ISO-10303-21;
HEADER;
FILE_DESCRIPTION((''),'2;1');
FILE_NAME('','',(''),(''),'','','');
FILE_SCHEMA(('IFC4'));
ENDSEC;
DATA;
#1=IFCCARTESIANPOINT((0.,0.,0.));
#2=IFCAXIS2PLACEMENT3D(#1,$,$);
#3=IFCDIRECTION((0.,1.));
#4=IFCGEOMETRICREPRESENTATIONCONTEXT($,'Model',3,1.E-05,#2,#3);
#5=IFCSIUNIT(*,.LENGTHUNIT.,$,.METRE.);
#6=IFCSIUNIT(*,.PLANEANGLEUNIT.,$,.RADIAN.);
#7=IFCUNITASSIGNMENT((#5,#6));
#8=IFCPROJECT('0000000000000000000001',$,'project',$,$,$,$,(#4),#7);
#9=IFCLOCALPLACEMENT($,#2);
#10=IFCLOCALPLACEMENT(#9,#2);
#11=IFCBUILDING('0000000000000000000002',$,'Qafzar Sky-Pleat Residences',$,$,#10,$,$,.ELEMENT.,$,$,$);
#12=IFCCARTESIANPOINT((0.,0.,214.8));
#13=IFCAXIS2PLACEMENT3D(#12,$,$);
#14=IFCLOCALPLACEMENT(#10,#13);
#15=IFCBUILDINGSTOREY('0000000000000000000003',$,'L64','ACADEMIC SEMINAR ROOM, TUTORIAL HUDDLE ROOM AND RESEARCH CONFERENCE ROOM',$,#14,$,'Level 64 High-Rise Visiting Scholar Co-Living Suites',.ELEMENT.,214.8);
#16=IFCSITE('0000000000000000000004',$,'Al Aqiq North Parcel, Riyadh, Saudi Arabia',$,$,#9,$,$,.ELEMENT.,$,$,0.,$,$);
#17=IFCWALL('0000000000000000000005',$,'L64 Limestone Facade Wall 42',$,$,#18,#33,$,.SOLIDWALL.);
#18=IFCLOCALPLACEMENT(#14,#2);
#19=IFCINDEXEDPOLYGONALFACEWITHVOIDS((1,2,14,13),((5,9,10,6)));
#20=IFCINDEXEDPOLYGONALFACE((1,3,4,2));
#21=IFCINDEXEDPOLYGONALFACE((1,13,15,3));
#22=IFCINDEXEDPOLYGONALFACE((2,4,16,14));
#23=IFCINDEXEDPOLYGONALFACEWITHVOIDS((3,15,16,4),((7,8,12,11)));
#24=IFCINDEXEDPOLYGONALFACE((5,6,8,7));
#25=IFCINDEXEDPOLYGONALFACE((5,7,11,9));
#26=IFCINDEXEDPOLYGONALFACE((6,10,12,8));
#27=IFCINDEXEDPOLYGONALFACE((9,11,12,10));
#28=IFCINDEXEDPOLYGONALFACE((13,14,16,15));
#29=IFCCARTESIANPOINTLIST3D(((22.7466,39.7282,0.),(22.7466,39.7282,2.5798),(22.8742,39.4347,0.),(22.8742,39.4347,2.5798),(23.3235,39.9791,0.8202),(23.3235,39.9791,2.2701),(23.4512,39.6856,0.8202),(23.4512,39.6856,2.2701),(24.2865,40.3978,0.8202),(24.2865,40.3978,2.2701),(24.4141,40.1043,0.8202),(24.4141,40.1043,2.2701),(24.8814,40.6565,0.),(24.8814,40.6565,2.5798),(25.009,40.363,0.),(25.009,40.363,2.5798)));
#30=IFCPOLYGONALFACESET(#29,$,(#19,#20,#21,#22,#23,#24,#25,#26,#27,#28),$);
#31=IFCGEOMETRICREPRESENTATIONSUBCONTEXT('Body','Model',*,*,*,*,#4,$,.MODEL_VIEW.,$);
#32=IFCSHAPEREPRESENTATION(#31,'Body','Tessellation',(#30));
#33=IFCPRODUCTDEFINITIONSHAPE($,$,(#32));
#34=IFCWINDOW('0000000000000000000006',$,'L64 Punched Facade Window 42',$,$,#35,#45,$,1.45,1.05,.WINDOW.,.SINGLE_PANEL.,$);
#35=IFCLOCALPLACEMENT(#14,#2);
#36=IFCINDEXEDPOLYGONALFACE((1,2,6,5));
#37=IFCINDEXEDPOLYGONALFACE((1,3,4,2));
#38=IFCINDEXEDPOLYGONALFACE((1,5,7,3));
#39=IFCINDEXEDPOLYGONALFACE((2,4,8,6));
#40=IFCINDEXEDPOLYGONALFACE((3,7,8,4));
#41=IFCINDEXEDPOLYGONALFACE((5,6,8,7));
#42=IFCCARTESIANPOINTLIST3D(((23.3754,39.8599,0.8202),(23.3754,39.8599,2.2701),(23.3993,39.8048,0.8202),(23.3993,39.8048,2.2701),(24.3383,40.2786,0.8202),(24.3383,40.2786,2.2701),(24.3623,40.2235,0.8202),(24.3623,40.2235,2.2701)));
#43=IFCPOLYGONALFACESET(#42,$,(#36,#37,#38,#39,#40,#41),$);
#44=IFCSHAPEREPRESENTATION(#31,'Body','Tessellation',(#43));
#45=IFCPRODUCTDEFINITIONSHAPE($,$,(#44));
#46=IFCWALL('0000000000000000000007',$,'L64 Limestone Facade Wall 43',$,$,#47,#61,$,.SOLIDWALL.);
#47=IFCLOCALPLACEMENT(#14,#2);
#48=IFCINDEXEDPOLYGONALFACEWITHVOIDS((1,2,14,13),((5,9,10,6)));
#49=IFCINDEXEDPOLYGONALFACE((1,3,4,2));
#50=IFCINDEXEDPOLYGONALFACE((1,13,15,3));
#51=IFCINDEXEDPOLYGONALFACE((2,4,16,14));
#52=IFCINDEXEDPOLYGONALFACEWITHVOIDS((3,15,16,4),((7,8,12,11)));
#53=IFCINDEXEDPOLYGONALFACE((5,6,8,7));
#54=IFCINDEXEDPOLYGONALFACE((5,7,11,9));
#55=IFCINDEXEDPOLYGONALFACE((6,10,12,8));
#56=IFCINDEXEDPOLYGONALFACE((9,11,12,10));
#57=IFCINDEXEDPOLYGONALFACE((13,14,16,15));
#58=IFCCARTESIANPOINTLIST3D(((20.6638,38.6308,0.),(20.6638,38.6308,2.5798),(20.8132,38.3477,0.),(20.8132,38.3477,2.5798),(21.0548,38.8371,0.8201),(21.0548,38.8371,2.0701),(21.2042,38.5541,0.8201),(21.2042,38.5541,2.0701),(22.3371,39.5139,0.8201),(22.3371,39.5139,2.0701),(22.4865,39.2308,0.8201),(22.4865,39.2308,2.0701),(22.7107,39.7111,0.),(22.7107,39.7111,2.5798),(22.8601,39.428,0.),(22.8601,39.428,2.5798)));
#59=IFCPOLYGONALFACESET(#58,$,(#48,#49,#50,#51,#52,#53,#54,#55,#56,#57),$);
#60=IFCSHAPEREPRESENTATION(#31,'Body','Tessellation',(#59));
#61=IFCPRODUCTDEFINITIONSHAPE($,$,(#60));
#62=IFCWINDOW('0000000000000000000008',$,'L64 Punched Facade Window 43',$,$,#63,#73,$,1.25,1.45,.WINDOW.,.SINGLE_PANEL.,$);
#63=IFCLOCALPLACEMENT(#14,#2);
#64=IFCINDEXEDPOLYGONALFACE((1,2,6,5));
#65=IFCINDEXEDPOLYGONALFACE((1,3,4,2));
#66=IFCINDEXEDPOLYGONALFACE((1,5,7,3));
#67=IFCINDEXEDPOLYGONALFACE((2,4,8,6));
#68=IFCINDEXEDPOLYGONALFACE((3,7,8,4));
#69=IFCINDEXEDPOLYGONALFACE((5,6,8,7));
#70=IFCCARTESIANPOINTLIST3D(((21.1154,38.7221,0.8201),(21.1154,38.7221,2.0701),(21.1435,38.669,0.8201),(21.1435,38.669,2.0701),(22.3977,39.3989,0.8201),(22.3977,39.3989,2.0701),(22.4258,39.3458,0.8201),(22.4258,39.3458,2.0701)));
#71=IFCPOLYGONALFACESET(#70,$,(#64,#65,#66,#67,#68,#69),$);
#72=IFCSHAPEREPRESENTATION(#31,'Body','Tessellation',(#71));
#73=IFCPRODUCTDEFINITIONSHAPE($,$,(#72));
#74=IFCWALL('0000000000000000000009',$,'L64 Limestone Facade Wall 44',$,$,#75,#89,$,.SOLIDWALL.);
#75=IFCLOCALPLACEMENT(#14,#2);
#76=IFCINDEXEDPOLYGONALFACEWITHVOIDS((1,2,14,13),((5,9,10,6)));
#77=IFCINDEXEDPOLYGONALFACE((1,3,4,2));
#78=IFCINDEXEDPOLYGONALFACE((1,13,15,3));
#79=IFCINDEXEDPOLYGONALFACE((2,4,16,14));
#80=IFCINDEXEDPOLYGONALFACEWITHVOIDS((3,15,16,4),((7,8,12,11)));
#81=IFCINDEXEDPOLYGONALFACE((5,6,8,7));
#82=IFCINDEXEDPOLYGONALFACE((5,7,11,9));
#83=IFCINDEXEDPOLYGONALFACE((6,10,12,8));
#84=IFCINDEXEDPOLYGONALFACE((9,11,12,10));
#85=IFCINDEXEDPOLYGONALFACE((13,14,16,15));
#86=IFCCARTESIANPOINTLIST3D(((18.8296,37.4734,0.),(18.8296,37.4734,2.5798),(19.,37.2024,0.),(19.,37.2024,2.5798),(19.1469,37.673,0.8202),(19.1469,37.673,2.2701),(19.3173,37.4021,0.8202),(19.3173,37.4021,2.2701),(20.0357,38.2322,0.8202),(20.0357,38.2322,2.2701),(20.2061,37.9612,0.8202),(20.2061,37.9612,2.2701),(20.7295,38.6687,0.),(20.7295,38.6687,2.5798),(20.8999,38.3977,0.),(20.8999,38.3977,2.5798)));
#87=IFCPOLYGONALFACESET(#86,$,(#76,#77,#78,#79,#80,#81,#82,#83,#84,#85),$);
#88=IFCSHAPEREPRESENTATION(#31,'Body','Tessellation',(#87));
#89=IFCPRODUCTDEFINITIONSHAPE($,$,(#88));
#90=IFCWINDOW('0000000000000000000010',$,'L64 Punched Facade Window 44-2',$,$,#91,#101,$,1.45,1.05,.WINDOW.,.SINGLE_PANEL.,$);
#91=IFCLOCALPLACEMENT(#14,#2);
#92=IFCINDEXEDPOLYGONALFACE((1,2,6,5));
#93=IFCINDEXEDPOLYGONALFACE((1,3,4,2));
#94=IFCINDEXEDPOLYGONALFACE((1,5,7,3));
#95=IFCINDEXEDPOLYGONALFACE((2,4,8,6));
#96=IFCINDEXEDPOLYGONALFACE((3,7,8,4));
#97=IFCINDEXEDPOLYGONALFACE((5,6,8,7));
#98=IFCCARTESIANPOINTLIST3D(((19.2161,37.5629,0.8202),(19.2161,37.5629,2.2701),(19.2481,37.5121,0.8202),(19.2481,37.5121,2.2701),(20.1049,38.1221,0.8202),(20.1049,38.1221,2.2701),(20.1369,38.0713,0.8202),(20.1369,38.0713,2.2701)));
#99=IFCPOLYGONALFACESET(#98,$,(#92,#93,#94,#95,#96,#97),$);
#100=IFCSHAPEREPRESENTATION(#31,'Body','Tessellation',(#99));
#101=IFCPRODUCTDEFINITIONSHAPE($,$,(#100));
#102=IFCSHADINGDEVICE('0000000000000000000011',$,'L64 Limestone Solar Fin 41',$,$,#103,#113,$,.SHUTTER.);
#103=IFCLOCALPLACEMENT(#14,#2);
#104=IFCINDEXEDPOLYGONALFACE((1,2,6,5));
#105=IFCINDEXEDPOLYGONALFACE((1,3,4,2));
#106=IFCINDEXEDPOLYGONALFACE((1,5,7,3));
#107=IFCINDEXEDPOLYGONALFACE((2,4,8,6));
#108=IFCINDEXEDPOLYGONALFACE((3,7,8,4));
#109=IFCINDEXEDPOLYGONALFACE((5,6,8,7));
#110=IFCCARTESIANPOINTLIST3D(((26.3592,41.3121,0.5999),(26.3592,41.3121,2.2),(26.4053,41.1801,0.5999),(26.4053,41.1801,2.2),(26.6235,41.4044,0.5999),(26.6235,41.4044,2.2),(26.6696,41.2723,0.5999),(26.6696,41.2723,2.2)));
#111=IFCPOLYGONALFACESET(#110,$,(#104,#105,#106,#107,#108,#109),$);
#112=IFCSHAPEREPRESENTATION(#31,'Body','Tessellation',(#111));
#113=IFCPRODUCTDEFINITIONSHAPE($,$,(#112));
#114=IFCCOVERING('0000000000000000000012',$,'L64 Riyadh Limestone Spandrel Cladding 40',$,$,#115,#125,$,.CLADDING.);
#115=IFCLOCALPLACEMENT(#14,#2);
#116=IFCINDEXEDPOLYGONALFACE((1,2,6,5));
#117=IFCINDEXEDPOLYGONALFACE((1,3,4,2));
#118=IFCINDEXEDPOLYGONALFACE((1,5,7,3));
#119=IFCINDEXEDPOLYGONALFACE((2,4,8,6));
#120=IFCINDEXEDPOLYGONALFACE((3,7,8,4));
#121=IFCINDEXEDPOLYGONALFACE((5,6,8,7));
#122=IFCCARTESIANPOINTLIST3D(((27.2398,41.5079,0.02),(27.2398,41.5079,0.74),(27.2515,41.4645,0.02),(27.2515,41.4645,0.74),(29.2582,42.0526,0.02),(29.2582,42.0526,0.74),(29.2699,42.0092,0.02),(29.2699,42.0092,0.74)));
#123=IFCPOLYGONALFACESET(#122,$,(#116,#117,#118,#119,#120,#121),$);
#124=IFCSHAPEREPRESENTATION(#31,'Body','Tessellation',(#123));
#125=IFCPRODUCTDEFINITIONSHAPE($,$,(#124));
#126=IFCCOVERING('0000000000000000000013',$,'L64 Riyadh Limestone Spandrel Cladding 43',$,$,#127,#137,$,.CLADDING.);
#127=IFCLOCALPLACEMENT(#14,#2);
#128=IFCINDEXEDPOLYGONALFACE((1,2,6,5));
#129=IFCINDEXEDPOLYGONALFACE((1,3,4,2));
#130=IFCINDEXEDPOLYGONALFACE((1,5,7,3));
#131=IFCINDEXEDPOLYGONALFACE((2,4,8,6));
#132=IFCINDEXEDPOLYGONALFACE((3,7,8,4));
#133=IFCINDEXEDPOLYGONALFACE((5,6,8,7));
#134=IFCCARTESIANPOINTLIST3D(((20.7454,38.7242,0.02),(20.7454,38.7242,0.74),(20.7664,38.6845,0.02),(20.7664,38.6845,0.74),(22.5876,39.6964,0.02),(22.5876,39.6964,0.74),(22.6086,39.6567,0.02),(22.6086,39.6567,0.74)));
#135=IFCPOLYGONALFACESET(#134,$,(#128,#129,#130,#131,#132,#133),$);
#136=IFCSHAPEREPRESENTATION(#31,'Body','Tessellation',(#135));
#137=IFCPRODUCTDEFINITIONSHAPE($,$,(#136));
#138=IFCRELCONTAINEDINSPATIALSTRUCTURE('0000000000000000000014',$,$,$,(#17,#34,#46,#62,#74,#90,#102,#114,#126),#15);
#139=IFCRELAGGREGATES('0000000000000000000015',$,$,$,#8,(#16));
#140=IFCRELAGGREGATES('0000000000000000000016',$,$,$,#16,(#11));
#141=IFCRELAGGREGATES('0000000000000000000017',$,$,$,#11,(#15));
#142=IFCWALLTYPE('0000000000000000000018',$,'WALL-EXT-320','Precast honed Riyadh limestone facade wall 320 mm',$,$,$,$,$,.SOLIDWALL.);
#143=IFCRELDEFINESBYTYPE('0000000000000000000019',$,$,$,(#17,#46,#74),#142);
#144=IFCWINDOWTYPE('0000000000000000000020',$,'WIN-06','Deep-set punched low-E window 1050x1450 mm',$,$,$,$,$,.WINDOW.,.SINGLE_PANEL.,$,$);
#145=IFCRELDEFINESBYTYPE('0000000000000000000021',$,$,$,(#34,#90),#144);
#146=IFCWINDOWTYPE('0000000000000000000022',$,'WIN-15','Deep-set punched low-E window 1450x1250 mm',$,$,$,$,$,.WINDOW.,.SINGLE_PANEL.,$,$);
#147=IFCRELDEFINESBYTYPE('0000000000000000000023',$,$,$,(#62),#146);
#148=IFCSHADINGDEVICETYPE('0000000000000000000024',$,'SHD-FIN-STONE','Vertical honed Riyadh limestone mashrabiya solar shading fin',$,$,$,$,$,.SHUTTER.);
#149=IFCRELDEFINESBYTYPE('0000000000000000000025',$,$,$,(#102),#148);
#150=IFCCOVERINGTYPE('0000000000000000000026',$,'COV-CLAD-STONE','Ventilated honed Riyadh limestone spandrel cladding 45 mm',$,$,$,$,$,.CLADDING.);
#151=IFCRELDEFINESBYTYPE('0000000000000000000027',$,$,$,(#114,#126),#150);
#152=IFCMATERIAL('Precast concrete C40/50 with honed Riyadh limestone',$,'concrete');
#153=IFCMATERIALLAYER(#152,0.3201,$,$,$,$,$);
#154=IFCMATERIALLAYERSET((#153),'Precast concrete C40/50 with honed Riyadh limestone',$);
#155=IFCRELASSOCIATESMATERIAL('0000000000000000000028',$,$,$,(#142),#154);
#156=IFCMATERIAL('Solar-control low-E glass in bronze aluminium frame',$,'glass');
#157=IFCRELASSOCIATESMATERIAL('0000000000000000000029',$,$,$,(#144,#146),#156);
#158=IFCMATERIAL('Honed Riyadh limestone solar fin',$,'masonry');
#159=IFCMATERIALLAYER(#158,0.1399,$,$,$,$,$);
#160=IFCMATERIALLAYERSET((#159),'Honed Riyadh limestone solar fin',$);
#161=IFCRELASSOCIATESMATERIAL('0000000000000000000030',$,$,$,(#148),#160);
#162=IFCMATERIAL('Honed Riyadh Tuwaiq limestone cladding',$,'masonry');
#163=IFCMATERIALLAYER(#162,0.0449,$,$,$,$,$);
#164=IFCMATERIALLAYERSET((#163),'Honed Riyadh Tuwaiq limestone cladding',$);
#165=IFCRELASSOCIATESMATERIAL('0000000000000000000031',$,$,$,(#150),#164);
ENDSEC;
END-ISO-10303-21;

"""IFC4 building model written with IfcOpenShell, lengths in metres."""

from ifc_helpers import new_model, si_unit, direction, frame, frame_2d, origin, origin_2d, place, context, subcontext, project, spatial, rectangle, extrude, source, transform, mapped, material, layer, layer_set, type_object, element, fill, save


model = new_model("IFC4")

# Units and contexts
model_context = context("Model", 3, precision=1e-05, world=origin(), true_north=direction((0.0, 1.0)))
body_context = subcontext(model_context, "Body", "Model", "MODEL_VIEW")
ifc_project = project(units=[si_unit("LENGTHUNIT", "METRE"), si_unit("PLANEANGLEUNIT", "RADIAN")], contexts=[model_context])

# Site, building, storey
site_placement = place(None, origin())
site = spatial("IfcSite", under=ifc_project, at=site_placement, Name="Al Aqiq North Parcel, Riyadh, Saudi Arabia", CompositionType="ELEMENT", RefElevation=0.0)
building_placement = place(site_placement, origin())
building = spatial("IfcBuilding", under=site, at=building_placement, Name="Qafzar Sky-Pleat Residences", CompositionType="ELEMENT")
storey_placement = place(building_placement, frame((0.0, 0.0, 214.8)))
storey = spatial("IfcBuildingStorey", under=building, at=storey_placement, Name="L64", Description="ACADEMIC SEMINAR ROOM, TUTORIAL HUDDLE ROOM AND RESEARCH CONFERENCE ROOM", LongName="Level 64 High-Rise Visiting Scholar Co-Living Suites", CompositionType="ELEMENT", Elevation=214.8)

# Shared definitions
ifc_material_1 = material(Name="Precast concrete C40/50 with honed Riyadh limestone", Category="concrete")

# Walls, openings, windows
ifc_layer_1 = layer(ifc_material_1, 0.3201)
ifc_layer_set_1 = layer_set([ifc_layer_1], Name="Precast concrete C40/50 with honed Riyadh limestone")
wall_type_1 = type_object("IfcWallType", Name="WALL-EXT-320", Description="Precast honed Riyadh limestone facade wall 320 mm", PredefinedType="SOLIDWALL", material=ifc_layer_set_1)
ifc_material_2 = material(Name="Solar-control low-E glass in bronze aluminium frame", Category="glass")
wall_1_placement = place(storey_placement, frame((24.9453, 40.5098, 0.0), z_axis=(0.0, 0.0, 1.0), x_axis=(-0.91706, -0.398749, 0.0)))
wall_1 = element("IfcWall", 1, at=wall_1_placement, inside=storey, type_object=wall_type_1, Name="L64 Limestone Facade Wall 42", PredefinedType="SOLIDWALL", context=body_context, shape_type="SweptSolid", body=[
    extrude(rectangle(XDim=2.3279, YDim=0.3201, at=frame_2d((1.1641, 0.0))), origin(), (0.0, 0.0, 1.0), 2.5798),
])
opening_1_placement = place(wall_1_placement, frame((0.6489, 0.0, 0.8201)))
opening_1 = element("IfcOpeningElement", 2, at=opening_1_placement, cuts=wall_1, PredefinedType="OPENING", context=body_context, shape_type="SweptSolid", body=[
    extrude(rectangle(XDim=1.05, YDim=1.45, at=frame_2d((0.5249, 0.7251))), frame((0.0, 0.1699, 0.0), z_axis=(0.0, -1.0, 0.0), x_axis=(1.0, 0.0, 0.0)), (0.0, 0.0, 1.0), 0.3401),
])
window_type_1 = type_object("IfcWindowType", Name="WIN-06", Description="Deep-set punched low-E window 1050x1450 mm", PartitioningType="SINGLE_PANEL", PredefinedType="WINDOW", material=ifc_material_2)
shared_shape_1 = source(origin(), body_context, "Body", "SweptSolid", [
    extrude(rectangle(XDim=1.05, YDim=1.45, at=frame_2d((0.5249, 0.7251))), frame((0.0, 0.03, 0.0), z_axis=(0.0, -1.0, 0.0), x_axis=(1.0, 0.0, 0.0)), (0.0, 0.0, 1.0), 0.0601),
])
window_1_placement = place(opening_1_placement, origin())
window_1 = element("IfcWindow", 3, at=window_1_placement, inside=storey, type_object=window_type_1, Name="L64 Punched Facade Window 42", OverallHeight=1.45, OverallWidth=1.05, PartitioningType="SINGLE_PANEL", PredefinedType="WINDOW", context=body_context, shape_type="MappedRepresentation", body=[
    mapped(shared_shape_1, transform((0.0, 0.0, 0.0), x_axis=(1.0, 0.0, 0.0), y_axis=(0.0, 1.0, 0.0), z_axis=(0.0, 0.0, 1.0), scale=1.0)),
])
fill(opening_1, window_1)
wall_2_placement = place(storey_placement, frame((22.7854, 39.5696, 0.0), z_axis=(0.0, 0.0, 1.0), x_axis=(-0.88438, -0.466768, 0.0)))
wall_2 = element("IfcWall", 4, at=wall_2_placement, inside=storey, type_object=wall_type_1, Name="L64 Limestone Facade Wall 43", PredefinedType="SOLIDWALL", context=body_context, shape_type="SweptSolid", body=[
    extrude(rectangle(XDim=2.3145, YDim=0.3201, at=frame_2d((1.1572, 0.0))), origin(), (0.0, 0.0, 1.0), 2.5798),
])
opening_2_placement = place(wall_2_placement, frame((0.4224, 0.0, 0.8201)))
opening_2 = element("IfcOpeningElement", 5, at=opening_2_placement, cuts=wall_2, PredefinedType="OPENING", context=body_context, shape_type="SweptSolid", body=[
    extrude(rectangle(XDim=1.45, YDim=1.25, at=frame_2d((0.7251, 0.625))), frame((0.0, 0.1699, 0.0), z_axis=(0.0, -1.0, 0.0), x_axis=(1.0, 0.0, 0.0)), (0.0, 0.0, 1.0), 0.3401),
])
window_type_2 = type_object("IfcWindowType", Name="WIN-15", Description="Deep-set punched low-E window 1450x1250 mm", PartitioningType="SINGLE_PANEL", PredefinedType="WINDOW", material=ifc_material_2)
shared_shape_2 = source(origin(), body_context, "Body", "SweptSolid", [
    extrude(rectangle(XDim=1.45, YDim=1.25, at=frame_2d((0.7251, 0.625))), frame((0.0, 0.03, 0.0), z_axis=(0.0, -1.0, 0.0), x_axis=(1.0, 0.0, 0.0)), (0.0, 0.0, 1.0), 0.0601),
])
window_2_placement = place(opening_2_placement, origin())
window_2 = element("IfcWindow", 6, at=window_2_placement, inside=storey, type_object=window_type_2, Name="L64 Punched Facade Window 43", OverallHeight=1.25, OverallWidth=1.45, PartitioningType="SINGLE_PANEL", PredefinedType="WINDOW", context=body_context, shape_type="MappedRepresentation", body=[
    mapped(shared_shape_2, transform((0.0, 0.0, 0.0), x_axis=(1.0, 0.0, 0.0), y_axis=(0.0, 1.0, 0.0), z_axis=(0.0, 0.0, 1.0), scale=1.0)),
])
fill(opening_2, window_2)
wall_3_placement = place(storey_placement, frame((20.8147, 38.5332, 0.0), z_axis=(0.0, 0.0, 1.0), x_axis=(-0.846418, -0.532519, 0.0)))
wall_3 = element("IfcWall", 7, at=wall_3_placement, inside=storey, type_object=wall_type_1, Name="L64 Limestone Facade Wall 44", PredefinedType="SOLIDWALL", context=body_context, shape_type="SweptSolid", body=[
    extrude(rectangle(XDim=2.2446, YDim=0.3201, at=frame_2d((1.1223, 0.0))), origin(), (0.0, 0.0, 1.0), 2.5798),
])
opening_3_placement = place(wall_3_placement, frame((0.8198, 0.0, 0.8201)))
opening_3 = element("IfcOpeningElement", 8, at=opening_3_placement, cuts=wall_3, PredefinedType="OPENING", context=body_context, shape_type="SweptSolid", body=[
    extrude(rectangle(XDim=1.05, YDim=1.45, at=frame_2d((0.5249, 0.7251))), frame((0.0, 0.1699, 0.0), z_axis=(0.0, -1.0, 0.0), x_axis=(1.0, 0.0, 0.0)), (0.0, 0.0, 1.0), 0.3401),
])
window_3_placement = place(opening_3_placement, origin())
window_3 = element("IfcWindow", 9, at=window_3_placement, inside=storey, type_object=window_type_1, Name="L64 Punched Facade Window 44-2", OverallHeight=1.45, OverallWidth=1.05, PartitioningType="SINGLE_PANEL", PredefinedType="WINDOW", context=body_context, shape_type="MappedRepresentation", body=[
    mapped(shared_shape_1, transform((0.0, 0.0, 0.0), x_axis=(1.0, 0.0, 0.0), y_axis=(0.0, 1.0, 0.0), z_axis=(0.0, 0.0, 1.0), scale=1.0)),
])
fill(opening_3, window_3)

# Shading device
ifc_material_3 = material(Name="Honed Riyadh limestone solar fin", Category="masonry")
ifc_layer_2 = layer(ifc_material_3, 0.1399)
ifc_layer_set_2 = layer_set([ifc_layer_2], Name="Honed Riyadh limestone solar fin")
shading_device_type = type_object("IfcShadingDeviceType", Name="SHD-FIN-STONE", Description="Vertical honed Riyadh limestone mashrabiya solar shading fin", PredefinedType="SHUTTER", material=ifc_layer_set_2)
shared_shape_3 = source(origin(), body_context, "Body", "SweptSolid", [
    extrude(rectangle(XDim=0.1399, YDim=0.28, at=origin_2d()), origin(), (0.0, 0.0, 1.0), 1.6001),
])
shading_device_placement = place(storey_placement, frame((26.5144, 41.2922, 0.5999), z_axis=(0.0, 0.0, 1.0), x_axis=(-0.32954, 0.944142, 0.0)))
element("IfcShadingDevice", 10, at=shading_device_placement, inside=storey, type_object=shading_device_type, Name="L64 Limestone Solar Fin 41", PredefinedType="SHUTTER", context=body_context, shape_type="MappedRepresentation", body=[
    mapped(shared_shape_3, transform((0.0, 0.0, 0.0), x_axis=(1.0, 0.0, 0.0), y_axis=(0.0, 1.0, 0.0), z_axis=(0.0, 0.0, 1.0), scale=1.0)),
])

# Coverings
ifc_material_4 = material(Name="Honed Riyadh Tuwaiq limestone cladding", Category="masonry")
ifc_layer_3 = layer(ifc_material_4, 0.0449)
ifc_layer_set_3 = layer_set([ifc_layer_3], Name="Honed Riyadh Tuwaiq limestone cladding")
covering_type = type_object("IfcCoveringType", Name="COV-CLAD-STONE", Description="Ventilated honed Riyadh limestone spandrel cladding 45 mm", PredefinedType="CLADDING", material=ifc_layer_set_3)
shared_shape_4 = source(origin(), body_context, "Body", "SweptSolid", [
    extrude(rectangle(XDim=2.0906, YDim=0.0449, at=origin_2d()), origin(), (0.0, 0.0, 1.0), 0.72),
])
covering_1_placement = place(storey_placement, frame((28.2549, 41.7585, 0.02), z_axis=(0.0, 0.0, 1.0), x_axis=(-0.965462, -0.260545, 0.0)))
element("IfcCovering", 11, at=covering_1_placement, inside=storey, type_object=covering_type, Name="L64 Riyadh Limestone Spandrel Cladding 40", PredefinedType="CLADDING", context=body_context, shape_type="MappedRepresentation", body=[
    mapped(shared_shape_4, transform((0.0, 0.0, 0.0), x_axis=(1.0, 0.0, 0.0), y_axis=(0.0, 1.0, 0.0), z_axis=(0.0, 0.0, 1.0), scale=1.0)),
])
shared_shape_5 = source(origin(), body_context, "Body", "SweptSolid", [
    extrude(rectangle(XDim=2.083, YDim=0.0449, at=origin_2d()), origin(), (0.0, 0.0, 1.0), 0.72),
])
covering_2_placement = place(storey_placement, frame((21.677, 39.1904, 0.02), z_axis=(0.0, 0.0, 1.0), x_axis=(-0.884396, -0.466738, 0.0)))
element("IfcCovering", 12, at=covering_2_placement, inside=storey, type_object=covering_type, Name="L64 Riyadh Limestone Spandrel Cladding 43", PredefinedType="CLADDING", context=body_context, shape_type="MappedRepresentation", body=[
    mapped(shared_shape_5, transform((0.0, 0.0, 0.0), x_axis=(1.0, 0.0, 0.0), y_axis=(0.0, 1.0, 0.0), z_axis=(0.0, 0.0, 1.0), scale=1.0)),
])

save(model, "model.ifc")
